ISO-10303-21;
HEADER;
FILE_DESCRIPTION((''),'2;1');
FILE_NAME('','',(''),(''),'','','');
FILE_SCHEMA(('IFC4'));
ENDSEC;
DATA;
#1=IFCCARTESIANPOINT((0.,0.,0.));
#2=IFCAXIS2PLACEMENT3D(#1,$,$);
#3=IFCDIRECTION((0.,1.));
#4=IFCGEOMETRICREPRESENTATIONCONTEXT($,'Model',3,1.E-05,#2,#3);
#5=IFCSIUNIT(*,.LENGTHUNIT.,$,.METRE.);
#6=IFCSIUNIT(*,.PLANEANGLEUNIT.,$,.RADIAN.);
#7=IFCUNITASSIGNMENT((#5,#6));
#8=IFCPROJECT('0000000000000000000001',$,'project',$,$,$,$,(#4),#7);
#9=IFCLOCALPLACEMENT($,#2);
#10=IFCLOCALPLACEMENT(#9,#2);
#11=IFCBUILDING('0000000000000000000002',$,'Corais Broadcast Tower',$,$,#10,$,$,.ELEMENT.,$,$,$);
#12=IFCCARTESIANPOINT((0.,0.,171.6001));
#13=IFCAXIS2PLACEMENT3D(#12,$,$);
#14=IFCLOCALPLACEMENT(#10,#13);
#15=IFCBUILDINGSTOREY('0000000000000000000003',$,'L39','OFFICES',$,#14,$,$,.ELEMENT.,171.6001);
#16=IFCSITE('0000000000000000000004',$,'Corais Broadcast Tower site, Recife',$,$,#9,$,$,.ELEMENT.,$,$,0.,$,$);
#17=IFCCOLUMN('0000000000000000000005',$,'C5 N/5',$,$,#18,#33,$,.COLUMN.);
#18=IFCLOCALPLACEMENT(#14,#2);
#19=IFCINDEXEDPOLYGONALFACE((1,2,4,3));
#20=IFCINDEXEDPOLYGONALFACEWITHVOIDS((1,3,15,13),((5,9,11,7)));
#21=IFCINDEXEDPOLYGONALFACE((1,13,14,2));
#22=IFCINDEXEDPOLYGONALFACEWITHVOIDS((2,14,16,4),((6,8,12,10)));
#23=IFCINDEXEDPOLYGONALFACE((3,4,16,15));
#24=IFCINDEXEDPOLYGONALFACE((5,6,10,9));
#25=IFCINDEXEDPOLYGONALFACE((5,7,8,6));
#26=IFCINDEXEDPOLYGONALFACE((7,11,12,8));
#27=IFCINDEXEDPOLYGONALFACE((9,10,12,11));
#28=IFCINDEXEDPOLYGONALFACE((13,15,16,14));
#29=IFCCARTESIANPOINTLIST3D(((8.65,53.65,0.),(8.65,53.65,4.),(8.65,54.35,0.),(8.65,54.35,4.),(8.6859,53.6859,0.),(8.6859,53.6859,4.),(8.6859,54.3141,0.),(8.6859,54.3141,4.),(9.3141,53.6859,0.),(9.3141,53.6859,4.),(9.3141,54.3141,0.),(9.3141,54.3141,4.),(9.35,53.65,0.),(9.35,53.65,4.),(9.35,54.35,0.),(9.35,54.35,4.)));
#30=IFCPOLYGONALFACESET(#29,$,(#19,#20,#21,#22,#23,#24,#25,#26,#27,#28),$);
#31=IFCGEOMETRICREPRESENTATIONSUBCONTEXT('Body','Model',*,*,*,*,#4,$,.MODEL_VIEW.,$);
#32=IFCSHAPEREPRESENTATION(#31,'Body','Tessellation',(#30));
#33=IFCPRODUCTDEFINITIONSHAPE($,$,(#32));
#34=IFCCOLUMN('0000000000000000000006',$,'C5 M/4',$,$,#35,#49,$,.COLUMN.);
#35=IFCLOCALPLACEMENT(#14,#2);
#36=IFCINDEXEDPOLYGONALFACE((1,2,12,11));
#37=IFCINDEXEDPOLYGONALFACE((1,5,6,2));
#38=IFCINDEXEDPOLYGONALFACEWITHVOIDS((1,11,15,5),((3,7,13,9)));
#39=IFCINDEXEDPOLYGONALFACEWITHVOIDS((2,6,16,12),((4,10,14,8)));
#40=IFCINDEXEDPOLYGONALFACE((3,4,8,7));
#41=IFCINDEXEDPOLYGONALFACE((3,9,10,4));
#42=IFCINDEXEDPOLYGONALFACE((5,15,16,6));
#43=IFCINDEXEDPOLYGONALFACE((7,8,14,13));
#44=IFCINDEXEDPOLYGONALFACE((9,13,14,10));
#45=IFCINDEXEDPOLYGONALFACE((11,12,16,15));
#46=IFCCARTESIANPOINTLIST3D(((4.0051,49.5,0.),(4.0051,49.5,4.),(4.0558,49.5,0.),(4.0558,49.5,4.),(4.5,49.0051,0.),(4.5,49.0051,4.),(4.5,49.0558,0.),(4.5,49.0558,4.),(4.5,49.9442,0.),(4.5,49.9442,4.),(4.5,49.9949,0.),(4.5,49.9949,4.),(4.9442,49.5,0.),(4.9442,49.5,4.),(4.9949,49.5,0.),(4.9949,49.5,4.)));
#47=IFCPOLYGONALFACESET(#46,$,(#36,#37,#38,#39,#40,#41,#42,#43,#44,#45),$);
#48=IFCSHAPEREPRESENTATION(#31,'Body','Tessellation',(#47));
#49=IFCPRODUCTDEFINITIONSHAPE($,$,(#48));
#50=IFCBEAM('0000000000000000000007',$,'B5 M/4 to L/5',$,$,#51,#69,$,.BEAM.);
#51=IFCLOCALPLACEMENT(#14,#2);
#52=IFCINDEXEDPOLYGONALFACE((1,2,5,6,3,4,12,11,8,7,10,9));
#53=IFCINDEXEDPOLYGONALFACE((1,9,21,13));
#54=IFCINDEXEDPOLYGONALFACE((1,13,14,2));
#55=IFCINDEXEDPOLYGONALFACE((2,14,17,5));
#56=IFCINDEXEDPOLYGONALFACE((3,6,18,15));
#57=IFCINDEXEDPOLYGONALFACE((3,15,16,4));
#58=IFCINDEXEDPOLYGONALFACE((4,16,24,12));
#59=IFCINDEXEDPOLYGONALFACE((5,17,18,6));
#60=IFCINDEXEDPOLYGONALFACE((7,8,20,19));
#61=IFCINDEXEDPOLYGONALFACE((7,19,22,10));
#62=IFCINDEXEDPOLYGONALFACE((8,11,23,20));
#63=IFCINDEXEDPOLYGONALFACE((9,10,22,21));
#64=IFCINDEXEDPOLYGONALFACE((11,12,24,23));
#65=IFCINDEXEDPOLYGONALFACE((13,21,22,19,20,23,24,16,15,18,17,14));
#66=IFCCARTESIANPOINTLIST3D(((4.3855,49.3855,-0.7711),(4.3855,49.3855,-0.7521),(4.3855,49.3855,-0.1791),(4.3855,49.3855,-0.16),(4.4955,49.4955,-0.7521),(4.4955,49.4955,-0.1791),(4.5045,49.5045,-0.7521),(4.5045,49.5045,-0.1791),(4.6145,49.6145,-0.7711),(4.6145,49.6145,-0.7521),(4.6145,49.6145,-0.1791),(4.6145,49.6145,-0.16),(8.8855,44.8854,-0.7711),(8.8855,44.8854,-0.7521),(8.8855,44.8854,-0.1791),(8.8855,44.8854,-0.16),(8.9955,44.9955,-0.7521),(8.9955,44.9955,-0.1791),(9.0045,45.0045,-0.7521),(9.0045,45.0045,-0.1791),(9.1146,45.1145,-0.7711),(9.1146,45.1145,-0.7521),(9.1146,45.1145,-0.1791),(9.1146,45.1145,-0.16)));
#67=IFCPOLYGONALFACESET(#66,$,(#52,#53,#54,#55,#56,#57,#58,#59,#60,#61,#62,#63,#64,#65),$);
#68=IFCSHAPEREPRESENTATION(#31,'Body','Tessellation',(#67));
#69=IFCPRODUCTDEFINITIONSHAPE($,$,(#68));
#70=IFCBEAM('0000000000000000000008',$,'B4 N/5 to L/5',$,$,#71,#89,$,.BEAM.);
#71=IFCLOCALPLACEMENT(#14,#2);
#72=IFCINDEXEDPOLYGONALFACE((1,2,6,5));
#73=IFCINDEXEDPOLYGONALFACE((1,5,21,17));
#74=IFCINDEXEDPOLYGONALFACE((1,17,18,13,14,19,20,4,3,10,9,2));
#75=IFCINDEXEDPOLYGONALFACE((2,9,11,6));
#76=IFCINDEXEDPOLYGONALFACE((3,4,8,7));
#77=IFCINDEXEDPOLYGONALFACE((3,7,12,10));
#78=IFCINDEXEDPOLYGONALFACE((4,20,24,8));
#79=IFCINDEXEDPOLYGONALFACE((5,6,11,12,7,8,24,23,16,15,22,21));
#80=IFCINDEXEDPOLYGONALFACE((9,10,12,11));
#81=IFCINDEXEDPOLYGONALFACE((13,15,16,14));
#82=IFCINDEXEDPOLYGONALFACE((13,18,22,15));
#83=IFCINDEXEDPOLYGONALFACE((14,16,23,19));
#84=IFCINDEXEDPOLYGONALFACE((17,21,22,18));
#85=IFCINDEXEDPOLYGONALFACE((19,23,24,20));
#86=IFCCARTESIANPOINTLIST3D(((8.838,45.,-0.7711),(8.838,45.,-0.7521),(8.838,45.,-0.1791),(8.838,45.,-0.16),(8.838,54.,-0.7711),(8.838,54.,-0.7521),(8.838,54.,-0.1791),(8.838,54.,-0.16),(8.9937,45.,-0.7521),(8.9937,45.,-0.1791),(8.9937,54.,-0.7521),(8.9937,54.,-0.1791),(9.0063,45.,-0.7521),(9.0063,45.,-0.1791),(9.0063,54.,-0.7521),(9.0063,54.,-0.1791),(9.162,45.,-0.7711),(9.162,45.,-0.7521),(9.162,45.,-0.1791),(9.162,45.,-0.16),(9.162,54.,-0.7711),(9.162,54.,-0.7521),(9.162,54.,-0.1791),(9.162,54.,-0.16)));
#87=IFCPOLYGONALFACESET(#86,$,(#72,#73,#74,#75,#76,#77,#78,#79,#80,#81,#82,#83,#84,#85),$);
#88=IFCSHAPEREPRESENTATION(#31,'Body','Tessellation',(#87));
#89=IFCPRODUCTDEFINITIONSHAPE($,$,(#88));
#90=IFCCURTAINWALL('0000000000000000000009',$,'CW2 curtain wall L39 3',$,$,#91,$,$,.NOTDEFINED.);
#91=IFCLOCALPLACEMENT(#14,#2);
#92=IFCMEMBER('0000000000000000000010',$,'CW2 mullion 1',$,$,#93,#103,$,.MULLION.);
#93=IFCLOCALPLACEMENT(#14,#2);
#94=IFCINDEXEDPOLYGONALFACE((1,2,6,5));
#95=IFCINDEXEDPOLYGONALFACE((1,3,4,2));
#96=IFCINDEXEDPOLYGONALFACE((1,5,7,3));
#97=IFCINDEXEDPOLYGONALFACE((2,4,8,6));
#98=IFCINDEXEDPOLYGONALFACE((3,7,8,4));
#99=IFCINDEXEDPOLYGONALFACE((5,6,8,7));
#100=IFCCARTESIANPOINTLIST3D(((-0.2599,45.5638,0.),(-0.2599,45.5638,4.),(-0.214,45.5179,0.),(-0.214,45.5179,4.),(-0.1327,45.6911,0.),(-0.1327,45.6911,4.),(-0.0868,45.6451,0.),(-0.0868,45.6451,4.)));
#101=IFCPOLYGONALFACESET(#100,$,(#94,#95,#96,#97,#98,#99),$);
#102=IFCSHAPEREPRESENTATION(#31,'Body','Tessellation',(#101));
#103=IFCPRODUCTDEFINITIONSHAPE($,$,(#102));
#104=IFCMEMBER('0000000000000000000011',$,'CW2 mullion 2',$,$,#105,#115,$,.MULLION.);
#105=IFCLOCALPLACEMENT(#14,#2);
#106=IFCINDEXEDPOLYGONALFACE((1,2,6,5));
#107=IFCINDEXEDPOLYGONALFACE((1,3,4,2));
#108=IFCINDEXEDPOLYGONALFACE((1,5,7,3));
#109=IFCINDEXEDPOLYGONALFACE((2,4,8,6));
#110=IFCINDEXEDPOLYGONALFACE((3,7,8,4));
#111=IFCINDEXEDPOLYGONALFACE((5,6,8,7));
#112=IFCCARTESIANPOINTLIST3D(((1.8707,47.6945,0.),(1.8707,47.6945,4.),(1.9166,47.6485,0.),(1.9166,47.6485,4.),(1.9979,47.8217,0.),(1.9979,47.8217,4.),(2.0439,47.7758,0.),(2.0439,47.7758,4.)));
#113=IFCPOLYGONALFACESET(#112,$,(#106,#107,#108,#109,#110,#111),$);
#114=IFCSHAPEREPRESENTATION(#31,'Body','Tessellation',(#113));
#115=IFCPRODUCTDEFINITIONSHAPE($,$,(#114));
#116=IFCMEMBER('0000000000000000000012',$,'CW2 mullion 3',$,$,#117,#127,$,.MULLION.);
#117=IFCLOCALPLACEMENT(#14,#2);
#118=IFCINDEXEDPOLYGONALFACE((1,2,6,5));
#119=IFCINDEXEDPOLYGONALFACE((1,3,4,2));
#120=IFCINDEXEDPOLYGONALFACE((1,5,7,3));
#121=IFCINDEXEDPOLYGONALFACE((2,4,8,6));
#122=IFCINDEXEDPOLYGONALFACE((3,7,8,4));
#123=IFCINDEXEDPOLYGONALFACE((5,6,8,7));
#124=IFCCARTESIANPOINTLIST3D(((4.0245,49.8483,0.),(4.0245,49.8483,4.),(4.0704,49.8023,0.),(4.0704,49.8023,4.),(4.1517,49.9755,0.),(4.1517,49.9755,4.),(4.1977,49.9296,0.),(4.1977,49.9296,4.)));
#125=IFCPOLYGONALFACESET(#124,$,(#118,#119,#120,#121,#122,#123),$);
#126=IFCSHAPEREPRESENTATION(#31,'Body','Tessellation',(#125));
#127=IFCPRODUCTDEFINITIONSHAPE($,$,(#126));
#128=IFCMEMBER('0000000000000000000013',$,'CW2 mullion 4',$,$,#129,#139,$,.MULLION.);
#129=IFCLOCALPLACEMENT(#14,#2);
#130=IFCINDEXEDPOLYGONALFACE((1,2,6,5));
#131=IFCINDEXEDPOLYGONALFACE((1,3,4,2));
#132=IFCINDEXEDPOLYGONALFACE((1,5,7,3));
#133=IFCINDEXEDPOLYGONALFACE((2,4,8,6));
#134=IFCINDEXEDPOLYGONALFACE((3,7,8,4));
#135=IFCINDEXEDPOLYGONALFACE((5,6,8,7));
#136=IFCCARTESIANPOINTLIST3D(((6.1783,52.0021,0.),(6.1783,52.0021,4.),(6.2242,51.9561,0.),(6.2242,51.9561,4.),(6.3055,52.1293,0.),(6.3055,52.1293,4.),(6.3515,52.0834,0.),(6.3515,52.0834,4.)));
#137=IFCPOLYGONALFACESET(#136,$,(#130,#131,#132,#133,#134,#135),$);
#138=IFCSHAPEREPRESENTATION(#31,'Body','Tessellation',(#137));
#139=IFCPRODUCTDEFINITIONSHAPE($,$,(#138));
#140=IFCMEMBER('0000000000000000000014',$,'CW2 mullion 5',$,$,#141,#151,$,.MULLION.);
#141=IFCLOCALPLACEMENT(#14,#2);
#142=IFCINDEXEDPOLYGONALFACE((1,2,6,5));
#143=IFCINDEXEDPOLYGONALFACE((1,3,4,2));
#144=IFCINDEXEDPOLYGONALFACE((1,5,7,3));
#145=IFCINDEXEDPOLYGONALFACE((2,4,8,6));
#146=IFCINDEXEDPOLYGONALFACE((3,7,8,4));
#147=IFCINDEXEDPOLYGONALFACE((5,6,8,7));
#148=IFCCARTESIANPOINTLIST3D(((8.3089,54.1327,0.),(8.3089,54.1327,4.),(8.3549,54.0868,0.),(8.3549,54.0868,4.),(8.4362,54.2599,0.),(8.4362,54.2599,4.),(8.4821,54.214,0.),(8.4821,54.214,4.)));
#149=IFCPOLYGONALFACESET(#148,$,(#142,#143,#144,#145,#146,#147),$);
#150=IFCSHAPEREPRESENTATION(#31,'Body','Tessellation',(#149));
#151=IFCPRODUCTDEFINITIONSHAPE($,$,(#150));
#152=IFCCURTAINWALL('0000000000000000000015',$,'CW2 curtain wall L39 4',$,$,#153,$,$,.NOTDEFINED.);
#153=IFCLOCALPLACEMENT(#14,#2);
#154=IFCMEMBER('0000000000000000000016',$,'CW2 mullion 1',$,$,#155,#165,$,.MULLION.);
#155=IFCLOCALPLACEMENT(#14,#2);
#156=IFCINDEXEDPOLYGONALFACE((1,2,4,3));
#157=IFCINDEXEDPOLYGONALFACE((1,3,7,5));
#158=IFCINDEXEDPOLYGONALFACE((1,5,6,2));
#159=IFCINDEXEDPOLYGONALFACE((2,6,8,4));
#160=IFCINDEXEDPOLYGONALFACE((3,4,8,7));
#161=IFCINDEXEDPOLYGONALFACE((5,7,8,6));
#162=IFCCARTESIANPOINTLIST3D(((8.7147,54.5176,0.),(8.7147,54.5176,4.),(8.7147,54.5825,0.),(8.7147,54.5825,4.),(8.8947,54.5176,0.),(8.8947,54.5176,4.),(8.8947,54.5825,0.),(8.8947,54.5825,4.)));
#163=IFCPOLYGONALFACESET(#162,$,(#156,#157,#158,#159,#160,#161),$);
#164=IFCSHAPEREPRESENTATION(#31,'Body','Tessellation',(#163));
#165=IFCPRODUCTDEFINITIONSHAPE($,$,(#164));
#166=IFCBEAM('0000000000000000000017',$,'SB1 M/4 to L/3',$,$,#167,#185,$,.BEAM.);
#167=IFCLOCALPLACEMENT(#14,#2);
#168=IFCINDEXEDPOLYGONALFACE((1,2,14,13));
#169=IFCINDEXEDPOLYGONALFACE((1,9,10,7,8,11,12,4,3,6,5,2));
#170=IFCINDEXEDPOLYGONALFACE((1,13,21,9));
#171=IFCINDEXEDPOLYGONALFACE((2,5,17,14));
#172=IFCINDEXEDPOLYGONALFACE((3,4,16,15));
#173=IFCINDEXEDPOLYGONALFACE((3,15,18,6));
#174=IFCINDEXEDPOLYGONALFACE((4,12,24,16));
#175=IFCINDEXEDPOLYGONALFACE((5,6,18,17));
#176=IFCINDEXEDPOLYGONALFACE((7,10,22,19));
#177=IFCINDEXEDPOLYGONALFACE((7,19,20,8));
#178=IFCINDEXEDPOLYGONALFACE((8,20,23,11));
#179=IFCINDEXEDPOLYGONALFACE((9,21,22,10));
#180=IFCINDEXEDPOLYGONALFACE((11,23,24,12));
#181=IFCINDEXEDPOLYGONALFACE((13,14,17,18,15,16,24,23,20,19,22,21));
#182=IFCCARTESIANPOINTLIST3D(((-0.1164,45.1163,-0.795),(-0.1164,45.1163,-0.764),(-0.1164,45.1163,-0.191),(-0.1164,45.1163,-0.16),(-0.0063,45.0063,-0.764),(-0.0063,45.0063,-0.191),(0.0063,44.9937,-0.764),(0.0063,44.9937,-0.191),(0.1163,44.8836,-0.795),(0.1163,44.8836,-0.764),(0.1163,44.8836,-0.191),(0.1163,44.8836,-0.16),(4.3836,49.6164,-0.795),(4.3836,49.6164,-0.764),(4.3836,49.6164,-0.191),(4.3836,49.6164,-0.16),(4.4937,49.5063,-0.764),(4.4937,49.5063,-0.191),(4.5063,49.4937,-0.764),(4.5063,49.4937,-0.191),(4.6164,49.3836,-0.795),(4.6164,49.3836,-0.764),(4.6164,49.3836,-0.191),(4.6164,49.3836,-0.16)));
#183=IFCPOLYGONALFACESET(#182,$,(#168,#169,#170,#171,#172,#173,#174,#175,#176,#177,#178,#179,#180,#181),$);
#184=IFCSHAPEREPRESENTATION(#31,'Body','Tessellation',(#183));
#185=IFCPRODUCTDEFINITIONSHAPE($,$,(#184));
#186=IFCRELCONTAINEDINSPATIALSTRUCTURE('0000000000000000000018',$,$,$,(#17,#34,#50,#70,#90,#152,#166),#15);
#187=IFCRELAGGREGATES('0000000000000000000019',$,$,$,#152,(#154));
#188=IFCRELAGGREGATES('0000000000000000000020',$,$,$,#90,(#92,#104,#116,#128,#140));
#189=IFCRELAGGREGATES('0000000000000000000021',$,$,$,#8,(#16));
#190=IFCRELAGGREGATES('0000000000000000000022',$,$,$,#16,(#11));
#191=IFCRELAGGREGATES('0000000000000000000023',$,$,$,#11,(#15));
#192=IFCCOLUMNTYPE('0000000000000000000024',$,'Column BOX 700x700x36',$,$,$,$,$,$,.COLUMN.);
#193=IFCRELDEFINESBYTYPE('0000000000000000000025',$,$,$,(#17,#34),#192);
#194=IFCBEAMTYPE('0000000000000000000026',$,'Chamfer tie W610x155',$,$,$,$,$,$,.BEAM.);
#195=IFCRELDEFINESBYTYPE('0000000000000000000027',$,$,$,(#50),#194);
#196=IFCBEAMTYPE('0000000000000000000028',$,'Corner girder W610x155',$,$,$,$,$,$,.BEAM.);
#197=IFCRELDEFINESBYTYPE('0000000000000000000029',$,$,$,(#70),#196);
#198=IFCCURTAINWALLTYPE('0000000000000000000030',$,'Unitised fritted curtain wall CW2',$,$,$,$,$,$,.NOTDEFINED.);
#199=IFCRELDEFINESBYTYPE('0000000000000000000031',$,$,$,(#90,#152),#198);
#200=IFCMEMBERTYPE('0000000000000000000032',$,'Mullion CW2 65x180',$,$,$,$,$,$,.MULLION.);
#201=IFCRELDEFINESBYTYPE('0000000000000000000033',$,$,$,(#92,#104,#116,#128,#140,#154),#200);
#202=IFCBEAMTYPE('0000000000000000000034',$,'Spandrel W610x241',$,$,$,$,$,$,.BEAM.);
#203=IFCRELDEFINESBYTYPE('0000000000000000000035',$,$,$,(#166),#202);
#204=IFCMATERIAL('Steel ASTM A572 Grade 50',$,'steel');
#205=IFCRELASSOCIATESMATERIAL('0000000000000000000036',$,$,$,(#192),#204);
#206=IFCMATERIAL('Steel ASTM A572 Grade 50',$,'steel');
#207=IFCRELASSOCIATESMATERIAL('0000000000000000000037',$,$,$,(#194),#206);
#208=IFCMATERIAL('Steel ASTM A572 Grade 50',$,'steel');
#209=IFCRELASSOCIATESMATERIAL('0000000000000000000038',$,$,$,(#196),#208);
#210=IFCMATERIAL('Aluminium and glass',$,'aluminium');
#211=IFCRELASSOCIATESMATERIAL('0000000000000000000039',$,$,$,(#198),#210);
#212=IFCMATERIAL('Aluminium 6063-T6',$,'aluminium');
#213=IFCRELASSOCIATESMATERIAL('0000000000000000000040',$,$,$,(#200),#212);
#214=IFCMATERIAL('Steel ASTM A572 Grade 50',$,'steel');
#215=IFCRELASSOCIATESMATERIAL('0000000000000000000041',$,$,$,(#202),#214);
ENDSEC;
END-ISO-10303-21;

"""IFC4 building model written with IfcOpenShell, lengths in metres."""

from ifc_helpers import new_model, si_unit, direction, frame, origin, origin_2d, place, context, subcontext, project, spatial, rectangle, hollow_rectangle, i_section, extrude, material, material_profile, profile_set, type_object, element, aggregate, save


model = new_model("IFC4")

# Units and contexts
model_context = context("Model", 3, precision=1e-05, world=origin(), true_north=direction((0.0, 1.0)))
body_context = subcontext(model_context, "Body", "Model", "MODEL_VIEW")
ifc_project = project(units=[si_unit("LENGTHUNIT", "METRE"), si_unit("PLANEANGLEUNIT", "RADIAN")], contexts=[model_context])

# Site, building, storey
site_placement = place(None, origin())
site = spatial("IfcSite", under=ifc_project, at=site_placement, Name="Corais Broadcast Tower site, Recife", CompositionType="ELEMENT", RefElevation=0.0)
building_placement = place(site_placement, origin())
building = spatial("IfcBuilding", under=site, at=building_placement, Name="Corais Broadcast Tower", CompositionType="ELEMENT")
storey_placement = place(building_placement, frame((0.0, 0.0, 171.6001)))
storey = spatial("IfcBuildingStorey", under=building, at=storey_placement, Name="L39", Description="OFFICES", CompositionType="ELEMENT", Elevation=171.6001)

# Columns
ifc_material_1 = material(Name="Steel ASTM A572 Grade 50", Category="steel")
ifc_material_profile_1 = material_profile(ifc_material_1, hollow_rectangle(XDim=0.7, YDim=0.7, WallThickness=0.0359, at=origin_2d()), Name="BOX 700x700x36")
ifc_profile_set_1 = profile_set([ifc_material_profile_1], Name="Steel ASTM A572 Grade 50")
column_type = type_object("IfcColumnType", Name="Column BOX 700x700x36", PredefinedType="COLUMN", material=ifc_profile_set_1)
for number, where, z_axis, x_axis, name in (
    (1, (9.0, 54.0, 0.0), (0.0, 0.0, 1.0), (1.0, 0.0, 0.0), "C5 N/5"),
    (2, (4.5, 49.5, 0.0), (0.0, 0.0, 1.0), (0.707107, 0.707107, 0.0), "C5 M/4"),
):
    element("IfcColumn", number, at=place(storey_placement, frame(where, z_axis=z_axis, x_axis=x_axis)), inside=storey, type_object=column_type, Name=name, PredefinedType="COLUMN", context=body_context, shape_type="SweptSolid", body=[
        extrude(hollow_rectangle(XDim=0.7, YDim=0.7, WallThickness=0.0359, at=origin_2d()), origin(), (0.0, 0.0, 1.0), 4.0),
    ])

# Beams
ifc_material_2 = material(Name="Steel ASTM A572 Grade 50", Category="steel")
ifc_material_profile_2 = material_profile(ifc_material_2, i_section(OverallWidth=0.324, OverallDepth=0.6111, WebThickness=0.0127, FlangeThickness=0.019, at=origin_2d()), Name="W610x155")
ifc_profile_set_2 = profile_set([ifc_material_profile_2], Name="Steel ASTM A572 Grade 50")
beam_type_1 = type_object("IfcBeamType", Name="Chamfer tie W610x155", PredefinedType="BEAM", material=ifc_profile_set_2)
beam_1_placement = place(storey_placement, frame((4.5, 49.5, -0.4656), z_axis=(0.707107, -0.707107, 0.0), x_axis=(0.707107, 0.707107, 0.0)))
element("IfcBeam", 3, at=beam_1_placement, inside=storey, type_object=beam_type_1, Name="B5 M/4 to L/5", PredefinedType="BEAM", context=body_context, shape_type="SweptSolid", body=[
    extrude(i_section(OverallWidth=0.324, OverallDepth=0.6111, WebThickness=0.0127, FlangeThickness=0.019, at=origin_2d()), origin(), (0.0, 0.0, 1.0), 6.364),
])
ifc_material_3 = material(Name="Steel ASTM A572 Grade 50", Category="steel")
ifc_material_profile_3 = material_profile(ifc_material_3, i_section(OverallWidth=0.324, OverallDepth=0.6111, WebThickness=0.0127, FlangeThickness=0.019, at=origin_2d()), Name="W610x155")
ifc_profile_set_3 = profile_set([ifc_material_profile_3], Name="Steel ASTM A572 Grade 50")
beam_type_2 = type_object("IfcBeamType", Name="Corner girder W610x155", PredefinedType="BEAM", material=ifc_profile_set_3)
beam_2_placement = place(storey_placement, frame((9.0, 54.0, -0.4656), z_axis=(0.0, -1.0, 0.0), x_axis=(1.0, 0.0, 0.0)))
element("IfcBeam", 4, at=beam_2_placement, inside=storey, type_object=beam_type_2, Name="B4 N/5 to L/5", PredefinedType="BEAM", context=body_context, shape_type="SweptSolid", body=[
    extrude(i_section(OverallWidth=0.324, OverallDepth=0.6111, WebThickness=0.0127, FlangeThickness=0.019, at=origin_2d()), origin(), (0.0, 0.0, 1.0), 9.0),
])

# Curtain wall, members
ifc_material_4 = material(Name="Aluminium and glass", Category="aluminium")
curtain_wall_type = type_object("IfcCurtainWallType", Name="Unitised fritted curtain wall CW2", PredefinedType="NOTDEFINED", material=ifc_material_4)
curtain_wall_1_placement = place(storey_placement, origin())
curtain_wall_1 = element("IfcCurtainWall", 5, at=curtain_wall_1_placement, inside=storey, type_object=curtain_wall_type, Name="CW2 curtain wall L39 3", PredefinedType="NOTDEFINED")
ifc_material_5 = material(Name="Aluminium 6063-T6", Category="aluminium")
ifc_material_profile_4 = material_profile(ifc_material_5, rectangle(XDim=0.0649, YDim=0.1799, at=origin_2d()), Name="Mullion CW2 65x180")
ifc_profile_set_4 = profile_set([ifc_material_profile_4], Name="Aluminium 6063-T6")
member_type_1 = type_object("IfcMemberType", Name="Mullion CW2 65x180", PredefinedType="MULLION", material=ifc_profile_set_4)
member_1_placement = place(storey_placement, frame((-0.1733, 45.6045, 0.0), z_axis=(0.0, 0.0, 1.0), x_axis=(-0.707107, 0.707107, 0.0)))
member_1 = element("IfcMember", 6, at=member_1_placement, type_object=member_type_1, Name="CW2 mullion 1", PredefinedType="MULLION", context=body_context, shape_type="SweptSolid", body=[
    extrude(rectangle(XDim=0.0649, YDim=0.1799, at=origin_2d()), origin(), (0.0, 0.0, 1.0), 4.0),
])
member_2_placement = place(storey_placement, frame((1.9573, 47.7351, 0.0), z_axis=(0.0, 0.0, 1.0), x_axis=(-0.707107, 0.707107, 0.0)))
member_2 = element("IfcMember", 7, at=member_2_placement, type_object=member_type_1, Name="CW2 mullion 2", PredefinedType="MULLION", context=body_context, shape_type="SweptSolid", body=[
    extrude(rectangle(XDim=0.0649, YDim=0.1799, at=origin_2d()), origin(), (0.0, 0.0, 1.0), 4.0),
])
member_3_placement = place(storey_placement, frame((4.1111, 49.8889, 0.0), z_axis=(0.0, 0.0, 1.0), x_axis=(-0.707107, 0.707107, 0.0)))
member_3 = element("IfcMember", 8, at=member_3_placement, type_object=member_type_1, Name="CW2 mullion 3", PredefinedType="MULLION", context=body_context, shape_type="SweptSolid", body=[
    extrude(rectangle(XDim=0.0649, YDim=0.1799, at=origin_2d()), origin(), (0.0, 0.0, 1.0), 4.0),
])
member_4_placement = place(storey_placement, frame((6.2649, 52.0427, 0.0), z_axis=(0.0, 0.0, 1.0), x_axis=(-0.707107, 0.707107, 0.0)))
member_4 = element("IfcMember", 9, at=member_4_placement, type_object=member_type_1, Name="CW2 mullion 4", PredefinedType="MULLION", context=body_context, shape_type="SweptSolid", body=[
    extrude(rectangle(XDim=0.0649, YDim=0.1799, at=origin_2d()), origin(), (0.0, 0.0, 1.0), 4.0),
])
member_5_placement = place(storey_placement, frame((8.3955, 54.1733, 0.0), z_axis=(0.0, 0.0, 1.0), x_axis=(-0.707107, 0.707107, 0.0)))
member_5 = element("IfcMember", 10, at=member_5_placement, type_object=member_type_1, Name="CW2 mullion 5", PredefinedType="MULLION", context=body_context, shape_type="SweptSolid", body=[
    extrude(rectangle(XDim=0.0649, YDim=0.1799, at=origin_2d()), origin(), (0.0, 0.0, 1.0), 4.0),
])

# Curtain wall, member
curtain_wall_2_placement = place(storey_placement, origin())
curtain_wall_2 = element("IfcCurtainWall", 11, at=curtain_wall_2_placement, inside=storey, type_object=curtain_wall_type, Name="CW2 curtain wall L39 4", PredefinedType="NOTDEFINED")
member_6_placement = place(storey_placement, frame((8.8047, 54.55, 0.0), z_axis=(0.0, 0.0, 1.0), x_axis=(0.0, 1.0, 0.0)))
member_6 = element("IfcMember", 12, at=member_6_placement, type_object=member_type_1, Name="CW2 mullion 1", PredefinedType="MULLION", context=body_context, shape_type="SweptSolid", body=[
    extrude(rectangle(XDim=0.0649, YDim=0.1799, at=origin_2d()), origin(), (0.0, 0.0, 1.0), 4.0),
])

# Beam
ifc_material_6 = material(Name="Steel ASTM A572 Grade 50", Category="steel")
ifc_material_profile_5 = material_profile(ifc_material_6, i_section(OverallWidth=0.3291, OverallDepth=0.635, WebThickness=0.0178, FlangeThickness=0.031, at=origin_2d()), Name="W610x241")
ifc_profile_set_5 = profile_set([ifc_material_profile_5], Name="Steel ASTM A572 Grade 50")
beam_type_3 = type_object("IfcBeamType", Name="Spandrel W610x241", PredefinedType="BEAM", material=ifc_profile_set_5)
for number, where, z_axis, x_axis, name in (
    (13, (4.5, 49.5, -0.4775), (-0.707107, -0.707107, 0.0), (0.707107, -0.707107, 0.0), "SB1 M/4 to L/3"),
):
    element("IfcBeam", number, at=place(storey_placement, frame(where, z_axis=z_axis, x_axis=x_axis)), inside=storey, type_object=beam_type_3, Name=name, PredefinedType="BEAM", context=body_context, shape_type="SweptSolid", body=[
        extrude(i_section(OverallWidth=0.3291, OverallDepth=0.635, WebThickness=0.0178, FlangeThickness=0.031, at=origin_2d()), origin(), (0.0, 0.0, 1.0), 6.364),
    ])

aggregate(curtain_wall_2, [member_6])
aggregate(curtain_wall_1, [member_1, member_2, member_3, member_4, member_5])

save(model, "model.ifc")
